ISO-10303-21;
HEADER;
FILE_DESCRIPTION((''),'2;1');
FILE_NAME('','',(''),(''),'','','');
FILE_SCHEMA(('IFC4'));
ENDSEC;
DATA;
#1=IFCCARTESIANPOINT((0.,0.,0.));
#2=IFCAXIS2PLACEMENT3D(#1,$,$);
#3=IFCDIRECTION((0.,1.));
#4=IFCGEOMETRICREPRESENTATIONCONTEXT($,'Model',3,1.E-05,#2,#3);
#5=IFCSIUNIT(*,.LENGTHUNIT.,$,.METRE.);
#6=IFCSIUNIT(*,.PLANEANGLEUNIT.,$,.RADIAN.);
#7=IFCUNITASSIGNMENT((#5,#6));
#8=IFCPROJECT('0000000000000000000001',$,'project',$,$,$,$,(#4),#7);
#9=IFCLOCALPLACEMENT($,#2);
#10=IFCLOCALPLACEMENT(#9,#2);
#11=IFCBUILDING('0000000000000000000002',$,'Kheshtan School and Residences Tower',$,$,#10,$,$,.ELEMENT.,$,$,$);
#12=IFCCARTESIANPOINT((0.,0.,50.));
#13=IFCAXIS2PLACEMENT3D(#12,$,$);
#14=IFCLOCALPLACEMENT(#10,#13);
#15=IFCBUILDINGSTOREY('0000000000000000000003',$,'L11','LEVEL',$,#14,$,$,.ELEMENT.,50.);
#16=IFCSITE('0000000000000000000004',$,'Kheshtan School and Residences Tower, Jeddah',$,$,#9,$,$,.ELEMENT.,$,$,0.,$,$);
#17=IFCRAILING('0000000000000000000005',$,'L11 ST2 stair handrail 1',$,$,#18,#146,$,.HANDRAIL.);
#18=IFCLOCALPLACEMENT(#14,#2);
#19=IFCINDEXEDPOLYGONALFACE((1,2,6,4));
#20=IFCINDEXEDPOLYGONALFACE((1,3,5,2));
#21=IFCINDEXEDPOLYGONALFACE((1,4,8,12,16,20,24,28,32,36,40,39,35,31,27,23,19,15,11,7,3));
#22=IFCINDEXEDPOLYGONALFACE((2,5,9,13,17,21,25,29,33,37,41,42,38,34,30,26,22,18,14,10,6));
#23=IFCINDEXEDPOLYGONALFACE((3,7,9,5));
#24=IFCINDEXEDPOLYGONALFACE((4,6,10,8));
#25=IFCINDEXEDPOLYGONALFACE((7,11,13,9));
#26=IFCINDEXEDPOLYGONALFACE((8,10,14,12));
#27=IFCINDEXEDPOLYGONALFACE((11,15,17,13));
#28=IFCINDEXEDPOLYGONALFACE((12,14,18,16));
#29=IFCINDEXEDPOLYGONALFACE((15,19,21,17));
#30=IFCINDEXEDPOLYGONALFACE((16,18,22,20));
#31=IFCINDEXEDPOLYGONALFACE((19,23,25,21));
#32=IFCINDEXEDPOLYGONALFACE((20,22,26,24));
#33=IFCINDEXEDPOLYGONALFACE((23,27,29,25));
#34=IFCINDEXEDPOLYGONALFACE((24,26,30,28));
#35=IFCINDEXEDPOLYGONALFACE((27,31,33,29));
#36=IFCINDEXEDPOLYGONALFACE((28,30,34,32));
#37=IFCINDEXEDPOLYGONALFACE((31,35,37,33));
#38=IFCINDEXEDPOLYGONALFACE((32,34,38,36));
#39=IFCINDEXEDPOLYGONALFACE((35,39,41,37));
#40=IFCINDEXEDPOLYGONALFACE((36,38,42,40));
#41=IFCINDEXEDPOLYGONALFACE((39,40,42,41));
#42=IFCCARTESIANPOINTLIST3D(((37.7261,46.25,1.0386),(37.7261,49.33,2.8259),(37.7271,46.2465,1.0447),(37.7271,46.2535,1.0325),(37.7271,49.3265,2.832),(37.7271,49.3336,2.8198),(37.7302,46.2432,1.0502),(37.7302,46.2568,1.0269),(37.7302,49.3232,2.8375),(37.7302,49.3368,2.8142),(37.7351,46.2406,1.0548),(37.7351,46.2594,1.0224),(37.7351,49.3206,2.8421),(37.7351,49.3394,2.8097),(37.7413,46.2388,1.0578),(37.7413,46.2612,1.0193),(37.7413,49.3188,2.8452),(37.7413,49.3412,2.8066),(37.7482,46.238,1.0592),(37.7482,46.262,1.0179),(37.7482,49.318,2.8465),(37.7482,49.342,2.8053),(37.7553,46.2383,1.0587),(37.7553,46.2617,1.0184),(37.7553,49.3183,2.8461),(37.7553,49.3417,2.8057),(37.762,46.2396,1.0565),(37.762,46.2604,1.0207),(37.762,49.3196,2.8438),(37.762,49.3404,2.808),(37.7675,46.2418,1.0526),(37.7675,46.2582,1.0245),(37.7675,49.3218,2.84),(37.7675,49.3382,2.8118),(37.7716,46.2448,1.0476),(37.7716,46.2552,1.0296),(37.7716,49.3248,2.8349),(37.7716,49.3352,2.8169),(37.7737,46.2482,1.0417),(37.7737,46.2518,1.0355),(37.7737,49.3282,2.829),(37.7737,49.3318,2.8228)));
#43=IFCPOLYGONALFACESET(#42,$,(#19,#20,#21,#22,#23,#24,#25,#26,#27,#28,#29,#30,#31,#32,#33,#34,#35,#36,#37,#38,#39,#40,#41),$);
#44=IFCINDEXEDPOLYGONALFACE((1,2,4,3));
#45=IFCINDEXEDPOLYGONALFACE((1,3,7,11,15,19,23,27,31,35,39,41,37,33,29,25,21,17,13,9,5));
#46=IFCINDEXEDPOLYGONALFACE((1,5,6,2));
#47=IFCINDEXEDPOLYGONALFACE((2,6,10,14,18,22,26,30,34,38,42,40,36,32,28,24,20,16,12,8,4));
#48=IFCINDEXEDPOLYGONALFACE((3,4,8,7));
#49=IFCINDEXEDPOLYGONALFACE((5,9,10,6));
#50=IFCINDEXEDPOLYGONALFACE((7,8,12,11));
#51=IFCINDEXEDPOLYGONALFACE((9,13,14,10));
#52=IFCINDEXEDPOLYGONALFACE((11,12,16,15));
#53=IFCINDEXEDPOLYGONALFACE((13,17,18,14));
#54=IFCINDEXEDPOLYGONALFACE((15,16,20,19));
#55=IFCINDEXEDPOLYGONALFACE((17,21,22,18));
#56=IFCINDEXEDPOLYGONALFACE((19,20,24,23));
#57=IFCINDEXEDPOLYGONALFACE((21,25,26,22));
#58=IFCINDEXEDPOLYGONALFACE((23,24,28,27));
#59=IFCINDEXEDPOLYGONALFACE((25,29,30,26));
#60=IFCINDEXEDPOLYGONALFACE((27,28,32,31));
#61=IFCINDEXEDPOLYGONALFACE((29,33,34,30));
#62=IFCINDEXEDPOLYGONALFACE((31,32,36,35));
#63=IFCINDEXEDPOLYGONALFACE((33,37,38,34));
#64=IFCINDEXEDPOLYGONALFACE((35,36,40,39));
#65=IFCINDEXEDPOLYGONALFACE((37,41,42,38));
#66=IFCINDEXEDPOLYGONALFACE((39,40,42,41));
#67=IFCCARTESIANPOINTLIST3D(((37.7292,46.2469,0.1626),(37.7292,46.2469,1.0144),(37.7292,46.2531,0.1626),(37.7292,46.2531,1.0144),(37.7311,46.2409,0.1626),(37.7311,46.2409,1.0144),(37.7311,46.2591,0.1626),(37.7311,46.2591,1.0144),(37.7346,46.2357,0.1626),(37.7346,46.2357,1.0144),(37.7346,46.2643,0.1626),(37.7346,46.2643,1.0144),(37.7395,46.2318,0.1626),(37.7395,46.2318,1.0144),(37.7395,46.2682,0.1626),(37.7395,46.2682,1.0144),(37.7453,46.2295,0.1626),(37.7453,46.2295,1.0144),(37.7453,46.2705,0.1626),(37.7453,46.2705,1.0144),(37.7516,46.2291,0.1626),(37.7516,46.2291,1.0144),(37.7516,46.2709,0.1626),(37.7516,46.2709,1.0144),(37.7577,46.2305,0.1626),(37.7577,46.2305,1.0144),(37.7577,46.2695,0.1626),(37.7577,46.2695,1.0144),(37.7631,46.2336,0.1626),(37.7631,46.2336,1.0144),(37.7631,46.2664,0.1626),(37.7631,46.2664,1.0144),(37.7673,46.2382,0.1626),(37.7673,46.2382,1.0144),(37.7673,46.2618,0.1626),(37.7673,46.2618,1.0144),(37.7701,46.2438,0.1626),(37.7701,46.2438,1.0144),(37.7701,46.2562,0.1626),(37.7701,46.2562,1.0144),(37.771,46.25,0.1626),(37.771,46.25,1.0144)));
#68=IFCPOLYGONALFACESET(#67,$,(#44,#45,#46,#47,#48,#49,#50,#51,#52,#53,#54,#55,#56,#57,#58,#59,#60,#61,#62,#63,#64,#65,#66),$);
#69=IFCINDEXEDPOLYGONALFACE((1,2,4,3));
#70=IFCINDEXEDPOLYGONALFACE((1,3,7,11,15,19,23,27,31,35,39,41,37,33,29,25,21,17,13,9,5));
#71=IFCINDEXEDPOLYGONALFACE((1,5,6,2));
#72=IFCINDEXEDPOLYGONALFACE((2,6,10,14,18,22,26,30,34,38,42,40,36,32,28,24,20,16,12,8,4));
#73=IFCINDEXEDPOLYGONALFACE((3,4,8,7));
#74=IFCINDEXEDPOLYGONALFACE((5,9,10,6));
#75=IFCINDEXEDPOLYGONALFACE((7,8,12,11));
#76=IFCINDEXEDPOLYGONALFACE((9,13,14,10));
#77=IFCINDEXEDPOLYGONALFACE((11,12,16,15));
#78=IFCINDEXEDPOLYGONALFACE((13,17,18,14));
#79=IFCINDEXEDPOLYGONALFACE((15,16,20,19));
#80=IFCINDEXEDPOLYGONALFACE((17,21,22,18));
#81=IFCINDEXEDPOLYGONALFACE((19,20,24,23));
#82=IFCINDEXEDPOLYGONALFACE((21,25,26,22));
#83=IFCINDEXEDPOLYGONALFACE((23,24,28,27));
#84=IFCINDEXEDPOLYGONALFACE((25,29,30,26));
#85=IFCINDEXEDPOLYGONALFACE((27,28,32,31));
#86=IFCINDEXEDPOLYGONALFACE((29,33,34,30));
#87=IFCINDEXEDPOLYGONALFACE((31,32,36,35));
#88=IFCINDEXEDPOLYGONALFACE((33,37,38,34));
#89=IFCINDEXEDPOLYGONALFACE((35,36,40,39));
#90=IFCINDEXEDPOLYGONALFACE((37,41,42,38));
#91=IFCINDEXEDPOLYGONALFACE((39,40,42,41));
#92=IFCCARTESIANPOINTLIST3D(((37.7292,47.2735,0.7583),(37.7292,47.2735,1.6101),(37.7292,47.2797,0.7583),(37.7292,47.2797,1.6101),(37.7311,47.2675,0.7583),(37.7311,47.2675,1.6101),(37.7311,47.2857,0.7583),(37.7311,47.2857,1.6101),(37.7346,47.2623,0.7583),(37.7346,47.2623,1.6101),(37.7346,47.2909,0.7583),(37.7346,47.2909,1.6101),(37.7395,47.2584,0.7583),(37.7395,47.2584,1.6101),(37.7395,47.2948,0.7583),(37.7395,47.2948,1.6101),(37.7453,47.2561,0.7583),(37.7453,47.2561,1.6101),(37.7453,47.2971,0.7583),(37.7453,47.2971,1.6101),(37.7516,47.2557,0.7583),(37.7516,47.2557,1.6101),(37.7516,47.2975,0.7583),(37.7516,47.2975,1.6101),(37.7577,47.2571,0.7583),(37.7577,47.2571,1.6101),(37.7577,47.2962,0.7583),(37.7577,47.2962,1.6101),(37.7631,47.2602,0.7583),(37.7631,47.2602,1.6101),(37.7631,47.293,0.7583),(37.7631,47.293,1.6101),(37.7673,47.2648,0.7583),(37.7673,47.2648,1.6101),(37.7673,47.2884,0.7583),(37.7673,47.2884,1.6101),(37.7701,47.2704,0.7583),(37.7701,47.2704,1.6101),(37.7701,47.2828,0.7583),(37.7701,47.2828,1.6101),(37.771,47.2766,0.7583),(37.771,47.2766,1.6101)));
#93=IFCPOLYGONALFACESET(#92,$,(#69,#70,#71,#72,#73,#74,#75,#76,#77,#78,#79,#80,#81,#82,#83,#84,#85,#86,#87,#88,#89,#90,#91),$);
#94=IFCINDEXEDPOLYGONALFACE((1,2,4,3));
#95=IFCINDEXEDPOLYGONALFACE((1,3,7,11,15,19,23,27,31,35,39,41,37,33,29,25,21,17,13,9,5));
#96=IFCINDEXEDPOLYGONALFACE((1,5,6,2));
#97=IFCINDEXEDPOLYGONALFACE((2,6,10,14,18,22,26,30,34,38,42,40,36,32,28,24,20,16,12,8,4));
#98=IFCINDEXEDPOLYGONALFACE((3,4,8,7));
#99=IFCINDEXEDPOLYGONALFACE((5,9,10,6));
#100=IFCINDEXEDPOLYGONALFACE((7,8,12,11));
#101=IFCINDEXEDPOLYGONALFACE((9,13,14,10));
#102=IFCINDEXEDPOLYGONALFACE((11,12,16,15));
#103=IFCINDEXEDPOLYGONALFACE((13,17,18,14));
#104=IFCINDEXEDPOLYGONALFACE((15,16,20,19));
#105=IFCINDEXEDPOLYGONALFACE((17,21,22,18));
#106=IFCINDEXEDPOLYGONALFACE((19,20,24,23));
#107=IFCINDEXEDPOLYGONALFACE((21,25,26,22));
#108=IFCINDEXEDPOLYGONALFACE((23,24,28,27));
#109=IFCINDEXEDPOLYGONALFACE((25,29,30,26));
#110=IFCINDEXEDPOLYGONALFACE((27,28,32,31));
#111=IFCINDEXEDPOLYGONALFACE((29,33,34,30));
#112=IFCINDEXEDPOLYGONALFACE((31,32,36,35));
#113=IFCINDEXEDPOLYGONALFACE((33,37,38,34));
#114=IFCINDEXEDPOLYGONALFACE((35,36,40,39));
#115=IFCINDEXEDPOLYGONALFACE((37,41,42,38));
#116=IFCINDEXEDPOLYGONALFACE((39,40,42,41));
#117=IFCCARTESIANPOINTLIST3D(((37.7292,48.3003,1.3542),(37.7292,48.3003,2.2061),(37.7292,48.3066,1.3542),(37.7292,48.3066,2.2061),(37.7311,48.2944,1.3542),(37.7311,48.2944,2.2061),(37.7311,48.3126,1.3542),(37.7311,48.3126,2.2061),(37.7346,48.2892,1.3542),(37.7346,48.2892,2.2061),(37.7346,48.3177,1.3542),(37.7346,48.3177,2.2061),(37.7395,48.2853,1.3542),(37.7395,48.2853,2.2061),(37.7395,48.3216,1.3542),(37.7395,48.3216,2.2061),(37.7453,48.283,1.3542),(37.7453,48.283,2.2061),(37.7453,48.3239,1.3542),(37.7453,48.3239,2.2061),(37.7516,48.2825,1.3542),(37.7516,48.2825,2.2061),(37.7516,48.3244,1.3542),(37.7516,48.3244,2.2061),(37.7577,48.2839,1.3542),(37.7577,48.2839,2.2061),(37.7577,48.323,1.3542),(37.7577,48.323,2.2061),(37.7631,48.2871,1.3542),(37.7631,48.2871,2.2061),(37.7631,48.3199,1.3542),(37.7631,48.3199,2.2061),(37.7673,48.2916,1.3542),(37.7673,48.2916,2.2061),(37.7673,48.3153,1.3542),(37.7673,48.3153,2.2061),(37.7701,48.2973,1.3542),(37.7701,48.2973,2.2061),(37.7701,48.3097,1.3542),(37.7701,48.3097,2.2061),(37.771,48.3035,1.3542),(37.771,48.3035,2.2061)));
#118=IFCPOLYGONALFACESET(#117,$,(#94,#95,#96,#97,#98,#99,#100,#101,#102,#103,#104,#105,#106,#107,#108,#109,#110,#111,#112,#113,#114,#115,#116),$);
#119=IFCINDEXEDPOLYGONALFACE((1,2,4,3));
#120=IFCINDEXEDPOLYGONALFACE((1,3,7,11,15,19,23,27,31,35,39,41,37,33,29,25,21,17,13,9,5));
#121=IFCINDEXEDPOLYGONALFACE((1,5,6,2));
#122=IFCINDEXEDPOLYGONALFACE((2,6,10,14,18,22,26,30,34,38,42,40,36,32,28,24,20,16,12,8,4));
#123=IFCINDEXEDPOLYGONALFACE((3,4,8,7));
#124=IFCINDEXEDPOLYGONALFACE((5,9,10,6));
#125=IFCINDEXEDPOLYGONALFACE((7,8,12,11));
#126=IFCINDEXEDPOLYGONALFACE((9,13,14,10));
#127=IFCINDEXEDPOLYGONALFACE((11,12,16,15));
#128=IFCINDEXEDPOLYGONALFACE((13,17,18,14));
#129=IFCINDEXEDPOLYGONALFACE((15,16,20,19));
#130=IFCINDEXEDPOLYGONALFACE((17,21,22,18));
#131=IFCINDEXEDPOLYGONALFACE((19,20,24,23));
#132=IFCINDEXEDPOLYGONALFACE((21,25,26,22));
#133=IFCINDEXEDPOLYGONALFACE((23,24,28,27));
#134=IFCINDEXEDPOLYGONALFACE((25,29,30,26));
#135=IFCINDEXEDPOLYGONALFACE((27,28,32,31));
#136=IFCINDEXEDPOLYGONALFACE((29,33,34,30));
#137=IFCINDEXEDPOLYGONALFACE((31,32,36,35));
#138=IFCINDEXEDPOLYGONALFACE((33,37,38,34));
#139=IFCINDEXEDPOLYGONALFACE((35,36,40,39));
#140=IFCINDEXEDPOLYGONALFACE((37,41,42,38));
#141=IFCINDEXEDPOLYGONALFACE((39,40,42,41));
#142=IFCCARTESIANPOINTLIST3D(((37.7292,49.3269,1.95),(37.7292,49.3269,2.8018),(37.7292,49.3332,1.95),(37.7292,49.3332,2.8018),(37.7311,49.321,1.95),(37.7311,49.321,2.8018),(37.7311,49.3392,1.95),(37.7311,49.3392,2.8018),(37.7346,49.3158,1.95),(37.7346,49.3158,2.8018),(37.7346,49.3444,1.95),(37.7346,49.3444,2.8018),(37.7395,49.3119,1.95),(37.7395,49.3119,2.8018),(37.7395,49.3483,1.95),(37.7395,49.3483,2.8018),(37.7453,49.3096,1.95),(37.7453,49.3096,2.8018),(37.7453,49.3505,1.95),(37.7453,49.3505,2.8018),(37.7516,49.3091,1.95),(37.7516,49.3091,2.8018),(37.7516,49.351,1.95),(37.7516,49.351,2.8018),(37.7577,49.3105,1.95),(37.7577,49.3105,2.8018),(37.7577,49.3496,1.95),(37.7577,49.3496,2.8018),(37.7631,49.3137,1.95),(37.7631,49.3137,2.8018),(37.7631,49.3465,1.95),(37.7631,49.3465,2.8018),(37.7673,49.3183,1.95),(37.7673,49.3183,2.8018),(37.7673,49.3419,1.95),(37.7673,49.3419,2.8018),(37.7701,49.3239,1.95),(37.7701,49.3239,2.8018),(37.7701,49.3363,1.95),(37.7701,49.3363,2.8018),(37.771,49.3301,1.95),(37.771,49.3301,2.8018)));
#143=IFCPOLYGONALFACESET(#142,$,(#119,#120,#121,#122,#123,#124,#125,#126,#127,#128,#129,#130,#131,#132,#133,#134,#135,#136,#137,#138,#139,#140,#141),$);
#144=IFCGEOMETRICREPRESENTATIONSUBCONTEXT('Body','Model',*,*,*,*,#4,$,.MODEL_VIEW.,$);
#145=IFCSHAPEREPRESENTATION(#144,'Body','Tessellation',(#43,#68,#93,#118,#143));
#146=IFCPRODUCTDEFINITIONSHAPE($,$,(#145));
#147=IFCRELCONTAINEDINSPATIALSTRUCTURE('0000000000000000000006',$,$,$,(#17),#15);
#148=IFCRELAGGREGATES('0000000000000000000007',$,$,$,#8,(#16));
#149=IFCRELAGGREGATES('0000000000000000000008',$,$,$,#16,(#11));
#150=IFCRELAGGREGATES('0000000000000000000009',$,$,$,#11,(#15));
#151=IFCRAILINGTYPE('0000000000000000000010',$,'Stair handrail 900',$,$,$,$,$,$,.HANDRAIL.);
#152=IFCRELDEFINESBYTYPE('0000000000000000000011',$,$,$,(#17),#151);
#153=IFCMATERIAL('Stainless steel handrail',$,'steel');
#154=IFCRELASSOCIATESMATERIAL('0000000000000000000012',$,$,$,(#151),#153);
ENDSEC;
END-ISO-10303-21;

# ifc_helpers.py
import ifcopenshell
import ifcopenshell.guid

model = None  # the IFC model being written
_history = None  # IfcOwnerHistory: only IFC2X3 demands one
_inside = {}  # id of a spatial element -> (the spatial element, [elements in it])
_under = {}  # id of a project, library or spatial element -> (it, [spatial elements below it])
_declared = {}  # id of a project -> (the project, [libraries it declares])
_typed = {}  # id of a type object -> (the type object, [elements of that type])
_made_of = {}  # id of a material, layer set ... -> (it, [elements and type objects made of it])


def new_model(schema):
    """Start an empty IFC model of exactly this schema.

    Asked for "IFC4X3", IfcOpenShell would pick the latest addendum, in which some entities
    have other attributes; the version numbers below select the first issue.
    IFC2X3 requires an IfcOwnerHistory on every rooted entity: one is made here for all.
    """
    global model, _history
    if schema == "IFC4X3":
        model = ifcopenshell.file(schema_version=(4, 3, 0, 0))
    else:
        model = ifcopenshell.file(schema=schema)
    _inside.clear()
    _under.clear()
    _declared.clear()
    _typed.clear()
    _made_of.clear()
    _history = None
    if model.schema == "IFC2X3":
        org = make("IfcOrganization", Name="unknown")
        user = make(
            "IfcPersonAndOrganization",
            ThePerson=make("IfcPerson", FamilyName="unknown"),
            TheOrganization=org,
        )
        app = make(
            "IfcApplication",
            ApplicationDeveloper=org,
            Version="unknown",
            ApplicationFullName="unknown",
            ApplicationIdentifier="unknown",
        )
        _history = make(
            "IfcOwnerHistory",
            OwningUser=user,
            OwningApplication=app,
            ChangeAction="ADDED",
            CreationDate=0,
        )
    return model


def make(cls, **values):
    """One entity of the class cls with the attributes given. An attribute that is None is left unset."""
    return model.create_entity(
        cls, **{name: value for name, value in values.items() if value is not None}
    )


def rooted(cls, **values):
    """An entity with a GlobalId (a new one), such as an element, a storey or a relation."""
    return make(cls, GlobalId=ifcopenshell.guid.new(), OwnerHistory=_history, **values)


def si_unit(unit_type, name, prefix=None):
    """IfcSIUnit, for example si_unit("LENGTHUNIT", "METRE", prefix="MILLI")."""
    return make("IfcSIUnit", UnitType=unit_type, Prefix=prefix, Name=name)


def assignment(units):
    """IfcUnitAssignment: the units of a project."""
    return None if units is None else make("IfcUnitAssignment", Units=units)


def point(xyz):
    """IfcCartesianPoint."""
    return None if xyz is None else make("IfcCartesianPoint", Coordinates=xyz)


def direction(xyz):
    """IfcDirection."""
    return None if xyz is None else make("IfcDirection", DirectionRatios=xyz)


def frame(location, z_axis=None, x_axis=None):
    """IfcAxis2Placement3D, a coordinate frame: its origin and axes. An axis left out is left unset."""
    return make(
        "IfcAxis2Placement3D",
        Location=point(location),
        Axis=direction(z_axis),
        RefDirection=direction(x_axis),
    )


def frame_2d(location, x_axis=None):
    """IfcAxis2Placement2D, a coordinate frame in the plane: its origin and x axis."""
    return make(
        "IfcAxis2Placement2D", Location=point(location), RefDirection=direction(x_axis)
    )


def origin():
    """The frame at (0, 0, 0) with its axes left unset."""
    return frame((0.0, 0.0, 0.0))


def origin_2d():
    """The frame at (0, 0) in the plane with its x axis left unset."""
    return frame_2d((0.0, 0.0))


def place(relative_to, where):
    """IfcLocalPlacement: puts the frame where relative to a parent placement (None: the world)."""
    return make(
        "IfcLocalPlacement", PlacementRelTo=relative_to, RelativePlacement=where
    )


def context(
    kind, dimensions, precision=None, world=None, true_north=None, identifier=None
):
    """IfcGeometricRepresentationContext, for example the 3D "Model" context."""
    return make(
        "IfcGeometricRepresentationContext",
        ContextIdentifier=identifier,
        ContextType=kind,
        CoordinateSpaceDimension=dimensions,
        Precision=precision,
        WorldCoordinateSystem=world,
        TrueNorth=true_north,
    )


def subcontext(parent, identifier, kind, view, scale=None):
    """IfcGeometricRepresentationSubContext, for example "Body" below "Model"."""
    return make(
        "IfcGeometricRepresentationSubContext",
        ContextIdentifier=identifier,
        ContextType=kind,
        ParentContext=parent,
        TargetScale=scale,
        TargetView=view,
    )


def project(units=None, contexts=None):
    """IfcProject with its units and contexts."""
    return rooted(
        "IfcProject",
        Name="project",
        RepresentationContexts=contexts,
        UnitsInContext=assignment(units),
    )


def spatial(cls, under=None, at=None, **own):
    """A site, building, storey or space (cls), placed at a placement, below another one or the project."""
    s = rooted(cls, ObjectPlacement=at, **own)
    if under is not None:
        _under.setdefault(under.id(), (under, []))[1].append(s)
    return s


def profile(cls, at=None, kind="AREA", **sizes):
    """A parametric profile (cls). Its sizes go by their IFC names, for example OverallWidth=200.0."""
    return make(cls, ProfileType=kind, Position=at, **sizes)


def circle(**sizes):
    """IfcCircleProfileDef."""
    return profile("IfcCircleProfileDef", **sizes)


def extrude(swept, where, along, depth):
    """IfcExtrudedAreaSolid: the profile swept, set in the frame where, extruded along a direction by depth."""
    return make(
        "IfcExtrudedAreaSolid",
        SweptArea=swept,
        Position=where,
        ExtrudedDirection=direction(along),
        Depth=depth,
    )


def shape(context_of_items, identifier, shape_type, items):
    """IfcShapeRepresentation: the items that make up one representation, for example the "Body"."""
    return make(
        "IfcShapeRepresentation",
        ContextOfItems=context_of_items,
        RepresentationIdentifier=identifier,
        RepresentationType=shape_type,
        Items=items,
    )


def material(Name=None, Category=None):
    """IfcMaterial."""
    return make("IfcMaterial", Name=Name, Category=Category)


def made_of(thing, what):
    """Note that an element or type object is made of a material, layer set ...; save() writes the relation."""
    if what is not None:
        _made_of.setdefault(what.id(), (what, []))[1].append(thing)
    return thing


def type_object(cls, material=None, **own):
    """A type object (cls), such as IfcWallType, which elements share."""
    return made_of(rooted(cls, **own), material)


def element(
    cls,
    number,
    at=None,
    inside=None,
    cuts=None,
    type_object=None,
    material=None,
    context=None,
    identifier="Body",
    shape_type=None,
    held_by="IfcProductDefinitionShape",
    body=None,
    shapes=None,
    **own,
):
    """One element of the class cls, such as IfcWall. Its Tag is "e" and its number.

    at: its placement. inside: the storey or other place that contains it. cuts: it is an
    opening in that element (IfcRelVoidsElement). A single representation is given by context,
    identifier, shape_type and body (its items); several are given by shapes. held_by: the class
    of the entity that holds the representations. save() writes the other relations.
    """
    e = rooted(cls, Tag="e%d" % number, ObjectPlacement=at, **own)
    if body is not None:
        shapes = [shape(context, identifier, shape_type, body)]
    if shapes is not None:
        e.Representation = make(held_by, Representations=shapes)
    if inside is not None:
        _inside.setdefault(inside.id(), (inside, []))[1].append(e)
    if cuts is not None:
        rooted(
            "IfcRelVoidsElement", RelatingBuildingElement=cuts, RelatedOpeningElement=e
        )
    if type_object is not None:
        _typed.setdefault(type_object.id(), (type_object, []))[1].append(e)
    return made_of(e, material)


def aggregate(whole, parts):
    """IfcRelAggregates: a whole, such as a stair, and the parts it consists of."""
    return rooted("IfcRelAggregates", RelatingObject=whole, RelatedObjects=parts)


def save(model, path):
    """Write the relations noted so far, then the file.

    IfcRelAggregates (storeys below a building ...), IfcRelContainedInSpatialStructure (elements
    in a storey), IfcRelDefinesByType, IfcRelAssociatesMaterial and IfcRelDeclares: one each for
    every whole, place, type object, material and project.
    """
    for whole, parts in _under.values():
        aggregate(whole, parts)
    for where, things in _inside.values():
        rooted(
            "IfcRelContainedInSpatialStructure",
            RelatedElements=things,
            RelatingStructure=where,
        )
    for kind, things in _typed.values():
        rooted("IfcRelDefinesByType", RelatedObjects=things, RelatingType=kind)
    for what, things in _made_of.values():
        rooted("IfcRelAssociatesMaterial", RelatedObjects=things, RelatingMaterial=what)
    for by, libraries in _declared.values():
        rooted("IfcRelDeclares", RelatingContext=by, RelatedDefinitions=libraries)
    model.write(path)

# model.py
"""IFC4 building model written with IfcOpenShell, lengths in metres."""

from ifc_helpers import new_model, si_unit, direction, frame, origin, origin_2d, place, context, subcontext, project, spatial, circle, extrude, material, type_object, element, save


model = new_model("IFC4")

# Units and contexts
model_context = context("Model", 3, precision=1e-05, world=origin(), true_north=direction((0.0, 1.0)))
body_context = subcontext(model_context, "Body", "Model", "MODEL_VIEW")
ifc_project = project(units=[si_unit("LENGTHUNIT", "METRE"), si_unit("PLANEANGLEUNIT", "RADIAN")], contexts=[model_context])

# Site, building, storey
site_placement = place(None, origin())
site = spatial("IfcSite", under=ifc_project, at=site_placement, Name="Kheshtan School and Residences Tower, Jeddah", CompositionType="ELEMENT", RefElevation=0.0)
building_placement = place(site_placement, origin())
building = spatial("IfcBuilding", under=site, at=building_placement, Name="Kheshtan School and Residences Tower", CompositionType="ELEMENT")
storey_placement = place(building_placement, frame((0.0, 0.0, 50.0)))
storey = spatial("IfcBuildingStorey", under=building, at=storey_placement, Name="L11", Description="LEVEL", CompositionType="ELEMENT", Elevation=50.0)

# Railing
ifc_material_1 = material(Name="Stainless steel handrail", Category="steel")
railing_type_1 = type_object("IfcRailingType", Name="Stair handrail 900", PredefinedType="HANDRAIL", material=ifc_material_1)
railing_1_placement = place(storey_placement, frame((37.75, 46.25, 0.1626)))
element("IfcRailing", 1, at=railing_1_placement, inside=storey, type_object=railing_type_1, Name="L11 ST2 stair handrail 1", PredefinedType="HANDRAIL", context=body_context, shape_type="SweptSolid", body=[
    extrude(circle(Radius=0.0239, at=origin_2d()), frame((0.0, 0.0, 0.876), z_axis=(0.0, 0.86492, 0.501909), x_axis=(-1.0, 0.0, 0.0)), (0.0, 0.0, 1.0), 3.561),
    extrude(circle(Radius=0.021, at=origin_2d()), origin(), (0.0, 0.0, 1.0), 0.8518),
    extrude(circle(Radius=0.021, at=origin_2d()), frame((0.0, 1.0266, 0.5957)), (0.0, 0.0, 1.0), 0.8518),
    extrude(circle(Radius=0.021, at=origin_2d()), frame((0.0, 2.0535, 1.1917)), (0.0, 0.0, 1.0), 0.8518),
    extrude(circle(Radius=0.021, at=origin_2d()), frame((0.0, 3.0801, 1.7874)), (0.0, 0.0, 1.0), 0.8518),
])

save(model, "model.ifc")
